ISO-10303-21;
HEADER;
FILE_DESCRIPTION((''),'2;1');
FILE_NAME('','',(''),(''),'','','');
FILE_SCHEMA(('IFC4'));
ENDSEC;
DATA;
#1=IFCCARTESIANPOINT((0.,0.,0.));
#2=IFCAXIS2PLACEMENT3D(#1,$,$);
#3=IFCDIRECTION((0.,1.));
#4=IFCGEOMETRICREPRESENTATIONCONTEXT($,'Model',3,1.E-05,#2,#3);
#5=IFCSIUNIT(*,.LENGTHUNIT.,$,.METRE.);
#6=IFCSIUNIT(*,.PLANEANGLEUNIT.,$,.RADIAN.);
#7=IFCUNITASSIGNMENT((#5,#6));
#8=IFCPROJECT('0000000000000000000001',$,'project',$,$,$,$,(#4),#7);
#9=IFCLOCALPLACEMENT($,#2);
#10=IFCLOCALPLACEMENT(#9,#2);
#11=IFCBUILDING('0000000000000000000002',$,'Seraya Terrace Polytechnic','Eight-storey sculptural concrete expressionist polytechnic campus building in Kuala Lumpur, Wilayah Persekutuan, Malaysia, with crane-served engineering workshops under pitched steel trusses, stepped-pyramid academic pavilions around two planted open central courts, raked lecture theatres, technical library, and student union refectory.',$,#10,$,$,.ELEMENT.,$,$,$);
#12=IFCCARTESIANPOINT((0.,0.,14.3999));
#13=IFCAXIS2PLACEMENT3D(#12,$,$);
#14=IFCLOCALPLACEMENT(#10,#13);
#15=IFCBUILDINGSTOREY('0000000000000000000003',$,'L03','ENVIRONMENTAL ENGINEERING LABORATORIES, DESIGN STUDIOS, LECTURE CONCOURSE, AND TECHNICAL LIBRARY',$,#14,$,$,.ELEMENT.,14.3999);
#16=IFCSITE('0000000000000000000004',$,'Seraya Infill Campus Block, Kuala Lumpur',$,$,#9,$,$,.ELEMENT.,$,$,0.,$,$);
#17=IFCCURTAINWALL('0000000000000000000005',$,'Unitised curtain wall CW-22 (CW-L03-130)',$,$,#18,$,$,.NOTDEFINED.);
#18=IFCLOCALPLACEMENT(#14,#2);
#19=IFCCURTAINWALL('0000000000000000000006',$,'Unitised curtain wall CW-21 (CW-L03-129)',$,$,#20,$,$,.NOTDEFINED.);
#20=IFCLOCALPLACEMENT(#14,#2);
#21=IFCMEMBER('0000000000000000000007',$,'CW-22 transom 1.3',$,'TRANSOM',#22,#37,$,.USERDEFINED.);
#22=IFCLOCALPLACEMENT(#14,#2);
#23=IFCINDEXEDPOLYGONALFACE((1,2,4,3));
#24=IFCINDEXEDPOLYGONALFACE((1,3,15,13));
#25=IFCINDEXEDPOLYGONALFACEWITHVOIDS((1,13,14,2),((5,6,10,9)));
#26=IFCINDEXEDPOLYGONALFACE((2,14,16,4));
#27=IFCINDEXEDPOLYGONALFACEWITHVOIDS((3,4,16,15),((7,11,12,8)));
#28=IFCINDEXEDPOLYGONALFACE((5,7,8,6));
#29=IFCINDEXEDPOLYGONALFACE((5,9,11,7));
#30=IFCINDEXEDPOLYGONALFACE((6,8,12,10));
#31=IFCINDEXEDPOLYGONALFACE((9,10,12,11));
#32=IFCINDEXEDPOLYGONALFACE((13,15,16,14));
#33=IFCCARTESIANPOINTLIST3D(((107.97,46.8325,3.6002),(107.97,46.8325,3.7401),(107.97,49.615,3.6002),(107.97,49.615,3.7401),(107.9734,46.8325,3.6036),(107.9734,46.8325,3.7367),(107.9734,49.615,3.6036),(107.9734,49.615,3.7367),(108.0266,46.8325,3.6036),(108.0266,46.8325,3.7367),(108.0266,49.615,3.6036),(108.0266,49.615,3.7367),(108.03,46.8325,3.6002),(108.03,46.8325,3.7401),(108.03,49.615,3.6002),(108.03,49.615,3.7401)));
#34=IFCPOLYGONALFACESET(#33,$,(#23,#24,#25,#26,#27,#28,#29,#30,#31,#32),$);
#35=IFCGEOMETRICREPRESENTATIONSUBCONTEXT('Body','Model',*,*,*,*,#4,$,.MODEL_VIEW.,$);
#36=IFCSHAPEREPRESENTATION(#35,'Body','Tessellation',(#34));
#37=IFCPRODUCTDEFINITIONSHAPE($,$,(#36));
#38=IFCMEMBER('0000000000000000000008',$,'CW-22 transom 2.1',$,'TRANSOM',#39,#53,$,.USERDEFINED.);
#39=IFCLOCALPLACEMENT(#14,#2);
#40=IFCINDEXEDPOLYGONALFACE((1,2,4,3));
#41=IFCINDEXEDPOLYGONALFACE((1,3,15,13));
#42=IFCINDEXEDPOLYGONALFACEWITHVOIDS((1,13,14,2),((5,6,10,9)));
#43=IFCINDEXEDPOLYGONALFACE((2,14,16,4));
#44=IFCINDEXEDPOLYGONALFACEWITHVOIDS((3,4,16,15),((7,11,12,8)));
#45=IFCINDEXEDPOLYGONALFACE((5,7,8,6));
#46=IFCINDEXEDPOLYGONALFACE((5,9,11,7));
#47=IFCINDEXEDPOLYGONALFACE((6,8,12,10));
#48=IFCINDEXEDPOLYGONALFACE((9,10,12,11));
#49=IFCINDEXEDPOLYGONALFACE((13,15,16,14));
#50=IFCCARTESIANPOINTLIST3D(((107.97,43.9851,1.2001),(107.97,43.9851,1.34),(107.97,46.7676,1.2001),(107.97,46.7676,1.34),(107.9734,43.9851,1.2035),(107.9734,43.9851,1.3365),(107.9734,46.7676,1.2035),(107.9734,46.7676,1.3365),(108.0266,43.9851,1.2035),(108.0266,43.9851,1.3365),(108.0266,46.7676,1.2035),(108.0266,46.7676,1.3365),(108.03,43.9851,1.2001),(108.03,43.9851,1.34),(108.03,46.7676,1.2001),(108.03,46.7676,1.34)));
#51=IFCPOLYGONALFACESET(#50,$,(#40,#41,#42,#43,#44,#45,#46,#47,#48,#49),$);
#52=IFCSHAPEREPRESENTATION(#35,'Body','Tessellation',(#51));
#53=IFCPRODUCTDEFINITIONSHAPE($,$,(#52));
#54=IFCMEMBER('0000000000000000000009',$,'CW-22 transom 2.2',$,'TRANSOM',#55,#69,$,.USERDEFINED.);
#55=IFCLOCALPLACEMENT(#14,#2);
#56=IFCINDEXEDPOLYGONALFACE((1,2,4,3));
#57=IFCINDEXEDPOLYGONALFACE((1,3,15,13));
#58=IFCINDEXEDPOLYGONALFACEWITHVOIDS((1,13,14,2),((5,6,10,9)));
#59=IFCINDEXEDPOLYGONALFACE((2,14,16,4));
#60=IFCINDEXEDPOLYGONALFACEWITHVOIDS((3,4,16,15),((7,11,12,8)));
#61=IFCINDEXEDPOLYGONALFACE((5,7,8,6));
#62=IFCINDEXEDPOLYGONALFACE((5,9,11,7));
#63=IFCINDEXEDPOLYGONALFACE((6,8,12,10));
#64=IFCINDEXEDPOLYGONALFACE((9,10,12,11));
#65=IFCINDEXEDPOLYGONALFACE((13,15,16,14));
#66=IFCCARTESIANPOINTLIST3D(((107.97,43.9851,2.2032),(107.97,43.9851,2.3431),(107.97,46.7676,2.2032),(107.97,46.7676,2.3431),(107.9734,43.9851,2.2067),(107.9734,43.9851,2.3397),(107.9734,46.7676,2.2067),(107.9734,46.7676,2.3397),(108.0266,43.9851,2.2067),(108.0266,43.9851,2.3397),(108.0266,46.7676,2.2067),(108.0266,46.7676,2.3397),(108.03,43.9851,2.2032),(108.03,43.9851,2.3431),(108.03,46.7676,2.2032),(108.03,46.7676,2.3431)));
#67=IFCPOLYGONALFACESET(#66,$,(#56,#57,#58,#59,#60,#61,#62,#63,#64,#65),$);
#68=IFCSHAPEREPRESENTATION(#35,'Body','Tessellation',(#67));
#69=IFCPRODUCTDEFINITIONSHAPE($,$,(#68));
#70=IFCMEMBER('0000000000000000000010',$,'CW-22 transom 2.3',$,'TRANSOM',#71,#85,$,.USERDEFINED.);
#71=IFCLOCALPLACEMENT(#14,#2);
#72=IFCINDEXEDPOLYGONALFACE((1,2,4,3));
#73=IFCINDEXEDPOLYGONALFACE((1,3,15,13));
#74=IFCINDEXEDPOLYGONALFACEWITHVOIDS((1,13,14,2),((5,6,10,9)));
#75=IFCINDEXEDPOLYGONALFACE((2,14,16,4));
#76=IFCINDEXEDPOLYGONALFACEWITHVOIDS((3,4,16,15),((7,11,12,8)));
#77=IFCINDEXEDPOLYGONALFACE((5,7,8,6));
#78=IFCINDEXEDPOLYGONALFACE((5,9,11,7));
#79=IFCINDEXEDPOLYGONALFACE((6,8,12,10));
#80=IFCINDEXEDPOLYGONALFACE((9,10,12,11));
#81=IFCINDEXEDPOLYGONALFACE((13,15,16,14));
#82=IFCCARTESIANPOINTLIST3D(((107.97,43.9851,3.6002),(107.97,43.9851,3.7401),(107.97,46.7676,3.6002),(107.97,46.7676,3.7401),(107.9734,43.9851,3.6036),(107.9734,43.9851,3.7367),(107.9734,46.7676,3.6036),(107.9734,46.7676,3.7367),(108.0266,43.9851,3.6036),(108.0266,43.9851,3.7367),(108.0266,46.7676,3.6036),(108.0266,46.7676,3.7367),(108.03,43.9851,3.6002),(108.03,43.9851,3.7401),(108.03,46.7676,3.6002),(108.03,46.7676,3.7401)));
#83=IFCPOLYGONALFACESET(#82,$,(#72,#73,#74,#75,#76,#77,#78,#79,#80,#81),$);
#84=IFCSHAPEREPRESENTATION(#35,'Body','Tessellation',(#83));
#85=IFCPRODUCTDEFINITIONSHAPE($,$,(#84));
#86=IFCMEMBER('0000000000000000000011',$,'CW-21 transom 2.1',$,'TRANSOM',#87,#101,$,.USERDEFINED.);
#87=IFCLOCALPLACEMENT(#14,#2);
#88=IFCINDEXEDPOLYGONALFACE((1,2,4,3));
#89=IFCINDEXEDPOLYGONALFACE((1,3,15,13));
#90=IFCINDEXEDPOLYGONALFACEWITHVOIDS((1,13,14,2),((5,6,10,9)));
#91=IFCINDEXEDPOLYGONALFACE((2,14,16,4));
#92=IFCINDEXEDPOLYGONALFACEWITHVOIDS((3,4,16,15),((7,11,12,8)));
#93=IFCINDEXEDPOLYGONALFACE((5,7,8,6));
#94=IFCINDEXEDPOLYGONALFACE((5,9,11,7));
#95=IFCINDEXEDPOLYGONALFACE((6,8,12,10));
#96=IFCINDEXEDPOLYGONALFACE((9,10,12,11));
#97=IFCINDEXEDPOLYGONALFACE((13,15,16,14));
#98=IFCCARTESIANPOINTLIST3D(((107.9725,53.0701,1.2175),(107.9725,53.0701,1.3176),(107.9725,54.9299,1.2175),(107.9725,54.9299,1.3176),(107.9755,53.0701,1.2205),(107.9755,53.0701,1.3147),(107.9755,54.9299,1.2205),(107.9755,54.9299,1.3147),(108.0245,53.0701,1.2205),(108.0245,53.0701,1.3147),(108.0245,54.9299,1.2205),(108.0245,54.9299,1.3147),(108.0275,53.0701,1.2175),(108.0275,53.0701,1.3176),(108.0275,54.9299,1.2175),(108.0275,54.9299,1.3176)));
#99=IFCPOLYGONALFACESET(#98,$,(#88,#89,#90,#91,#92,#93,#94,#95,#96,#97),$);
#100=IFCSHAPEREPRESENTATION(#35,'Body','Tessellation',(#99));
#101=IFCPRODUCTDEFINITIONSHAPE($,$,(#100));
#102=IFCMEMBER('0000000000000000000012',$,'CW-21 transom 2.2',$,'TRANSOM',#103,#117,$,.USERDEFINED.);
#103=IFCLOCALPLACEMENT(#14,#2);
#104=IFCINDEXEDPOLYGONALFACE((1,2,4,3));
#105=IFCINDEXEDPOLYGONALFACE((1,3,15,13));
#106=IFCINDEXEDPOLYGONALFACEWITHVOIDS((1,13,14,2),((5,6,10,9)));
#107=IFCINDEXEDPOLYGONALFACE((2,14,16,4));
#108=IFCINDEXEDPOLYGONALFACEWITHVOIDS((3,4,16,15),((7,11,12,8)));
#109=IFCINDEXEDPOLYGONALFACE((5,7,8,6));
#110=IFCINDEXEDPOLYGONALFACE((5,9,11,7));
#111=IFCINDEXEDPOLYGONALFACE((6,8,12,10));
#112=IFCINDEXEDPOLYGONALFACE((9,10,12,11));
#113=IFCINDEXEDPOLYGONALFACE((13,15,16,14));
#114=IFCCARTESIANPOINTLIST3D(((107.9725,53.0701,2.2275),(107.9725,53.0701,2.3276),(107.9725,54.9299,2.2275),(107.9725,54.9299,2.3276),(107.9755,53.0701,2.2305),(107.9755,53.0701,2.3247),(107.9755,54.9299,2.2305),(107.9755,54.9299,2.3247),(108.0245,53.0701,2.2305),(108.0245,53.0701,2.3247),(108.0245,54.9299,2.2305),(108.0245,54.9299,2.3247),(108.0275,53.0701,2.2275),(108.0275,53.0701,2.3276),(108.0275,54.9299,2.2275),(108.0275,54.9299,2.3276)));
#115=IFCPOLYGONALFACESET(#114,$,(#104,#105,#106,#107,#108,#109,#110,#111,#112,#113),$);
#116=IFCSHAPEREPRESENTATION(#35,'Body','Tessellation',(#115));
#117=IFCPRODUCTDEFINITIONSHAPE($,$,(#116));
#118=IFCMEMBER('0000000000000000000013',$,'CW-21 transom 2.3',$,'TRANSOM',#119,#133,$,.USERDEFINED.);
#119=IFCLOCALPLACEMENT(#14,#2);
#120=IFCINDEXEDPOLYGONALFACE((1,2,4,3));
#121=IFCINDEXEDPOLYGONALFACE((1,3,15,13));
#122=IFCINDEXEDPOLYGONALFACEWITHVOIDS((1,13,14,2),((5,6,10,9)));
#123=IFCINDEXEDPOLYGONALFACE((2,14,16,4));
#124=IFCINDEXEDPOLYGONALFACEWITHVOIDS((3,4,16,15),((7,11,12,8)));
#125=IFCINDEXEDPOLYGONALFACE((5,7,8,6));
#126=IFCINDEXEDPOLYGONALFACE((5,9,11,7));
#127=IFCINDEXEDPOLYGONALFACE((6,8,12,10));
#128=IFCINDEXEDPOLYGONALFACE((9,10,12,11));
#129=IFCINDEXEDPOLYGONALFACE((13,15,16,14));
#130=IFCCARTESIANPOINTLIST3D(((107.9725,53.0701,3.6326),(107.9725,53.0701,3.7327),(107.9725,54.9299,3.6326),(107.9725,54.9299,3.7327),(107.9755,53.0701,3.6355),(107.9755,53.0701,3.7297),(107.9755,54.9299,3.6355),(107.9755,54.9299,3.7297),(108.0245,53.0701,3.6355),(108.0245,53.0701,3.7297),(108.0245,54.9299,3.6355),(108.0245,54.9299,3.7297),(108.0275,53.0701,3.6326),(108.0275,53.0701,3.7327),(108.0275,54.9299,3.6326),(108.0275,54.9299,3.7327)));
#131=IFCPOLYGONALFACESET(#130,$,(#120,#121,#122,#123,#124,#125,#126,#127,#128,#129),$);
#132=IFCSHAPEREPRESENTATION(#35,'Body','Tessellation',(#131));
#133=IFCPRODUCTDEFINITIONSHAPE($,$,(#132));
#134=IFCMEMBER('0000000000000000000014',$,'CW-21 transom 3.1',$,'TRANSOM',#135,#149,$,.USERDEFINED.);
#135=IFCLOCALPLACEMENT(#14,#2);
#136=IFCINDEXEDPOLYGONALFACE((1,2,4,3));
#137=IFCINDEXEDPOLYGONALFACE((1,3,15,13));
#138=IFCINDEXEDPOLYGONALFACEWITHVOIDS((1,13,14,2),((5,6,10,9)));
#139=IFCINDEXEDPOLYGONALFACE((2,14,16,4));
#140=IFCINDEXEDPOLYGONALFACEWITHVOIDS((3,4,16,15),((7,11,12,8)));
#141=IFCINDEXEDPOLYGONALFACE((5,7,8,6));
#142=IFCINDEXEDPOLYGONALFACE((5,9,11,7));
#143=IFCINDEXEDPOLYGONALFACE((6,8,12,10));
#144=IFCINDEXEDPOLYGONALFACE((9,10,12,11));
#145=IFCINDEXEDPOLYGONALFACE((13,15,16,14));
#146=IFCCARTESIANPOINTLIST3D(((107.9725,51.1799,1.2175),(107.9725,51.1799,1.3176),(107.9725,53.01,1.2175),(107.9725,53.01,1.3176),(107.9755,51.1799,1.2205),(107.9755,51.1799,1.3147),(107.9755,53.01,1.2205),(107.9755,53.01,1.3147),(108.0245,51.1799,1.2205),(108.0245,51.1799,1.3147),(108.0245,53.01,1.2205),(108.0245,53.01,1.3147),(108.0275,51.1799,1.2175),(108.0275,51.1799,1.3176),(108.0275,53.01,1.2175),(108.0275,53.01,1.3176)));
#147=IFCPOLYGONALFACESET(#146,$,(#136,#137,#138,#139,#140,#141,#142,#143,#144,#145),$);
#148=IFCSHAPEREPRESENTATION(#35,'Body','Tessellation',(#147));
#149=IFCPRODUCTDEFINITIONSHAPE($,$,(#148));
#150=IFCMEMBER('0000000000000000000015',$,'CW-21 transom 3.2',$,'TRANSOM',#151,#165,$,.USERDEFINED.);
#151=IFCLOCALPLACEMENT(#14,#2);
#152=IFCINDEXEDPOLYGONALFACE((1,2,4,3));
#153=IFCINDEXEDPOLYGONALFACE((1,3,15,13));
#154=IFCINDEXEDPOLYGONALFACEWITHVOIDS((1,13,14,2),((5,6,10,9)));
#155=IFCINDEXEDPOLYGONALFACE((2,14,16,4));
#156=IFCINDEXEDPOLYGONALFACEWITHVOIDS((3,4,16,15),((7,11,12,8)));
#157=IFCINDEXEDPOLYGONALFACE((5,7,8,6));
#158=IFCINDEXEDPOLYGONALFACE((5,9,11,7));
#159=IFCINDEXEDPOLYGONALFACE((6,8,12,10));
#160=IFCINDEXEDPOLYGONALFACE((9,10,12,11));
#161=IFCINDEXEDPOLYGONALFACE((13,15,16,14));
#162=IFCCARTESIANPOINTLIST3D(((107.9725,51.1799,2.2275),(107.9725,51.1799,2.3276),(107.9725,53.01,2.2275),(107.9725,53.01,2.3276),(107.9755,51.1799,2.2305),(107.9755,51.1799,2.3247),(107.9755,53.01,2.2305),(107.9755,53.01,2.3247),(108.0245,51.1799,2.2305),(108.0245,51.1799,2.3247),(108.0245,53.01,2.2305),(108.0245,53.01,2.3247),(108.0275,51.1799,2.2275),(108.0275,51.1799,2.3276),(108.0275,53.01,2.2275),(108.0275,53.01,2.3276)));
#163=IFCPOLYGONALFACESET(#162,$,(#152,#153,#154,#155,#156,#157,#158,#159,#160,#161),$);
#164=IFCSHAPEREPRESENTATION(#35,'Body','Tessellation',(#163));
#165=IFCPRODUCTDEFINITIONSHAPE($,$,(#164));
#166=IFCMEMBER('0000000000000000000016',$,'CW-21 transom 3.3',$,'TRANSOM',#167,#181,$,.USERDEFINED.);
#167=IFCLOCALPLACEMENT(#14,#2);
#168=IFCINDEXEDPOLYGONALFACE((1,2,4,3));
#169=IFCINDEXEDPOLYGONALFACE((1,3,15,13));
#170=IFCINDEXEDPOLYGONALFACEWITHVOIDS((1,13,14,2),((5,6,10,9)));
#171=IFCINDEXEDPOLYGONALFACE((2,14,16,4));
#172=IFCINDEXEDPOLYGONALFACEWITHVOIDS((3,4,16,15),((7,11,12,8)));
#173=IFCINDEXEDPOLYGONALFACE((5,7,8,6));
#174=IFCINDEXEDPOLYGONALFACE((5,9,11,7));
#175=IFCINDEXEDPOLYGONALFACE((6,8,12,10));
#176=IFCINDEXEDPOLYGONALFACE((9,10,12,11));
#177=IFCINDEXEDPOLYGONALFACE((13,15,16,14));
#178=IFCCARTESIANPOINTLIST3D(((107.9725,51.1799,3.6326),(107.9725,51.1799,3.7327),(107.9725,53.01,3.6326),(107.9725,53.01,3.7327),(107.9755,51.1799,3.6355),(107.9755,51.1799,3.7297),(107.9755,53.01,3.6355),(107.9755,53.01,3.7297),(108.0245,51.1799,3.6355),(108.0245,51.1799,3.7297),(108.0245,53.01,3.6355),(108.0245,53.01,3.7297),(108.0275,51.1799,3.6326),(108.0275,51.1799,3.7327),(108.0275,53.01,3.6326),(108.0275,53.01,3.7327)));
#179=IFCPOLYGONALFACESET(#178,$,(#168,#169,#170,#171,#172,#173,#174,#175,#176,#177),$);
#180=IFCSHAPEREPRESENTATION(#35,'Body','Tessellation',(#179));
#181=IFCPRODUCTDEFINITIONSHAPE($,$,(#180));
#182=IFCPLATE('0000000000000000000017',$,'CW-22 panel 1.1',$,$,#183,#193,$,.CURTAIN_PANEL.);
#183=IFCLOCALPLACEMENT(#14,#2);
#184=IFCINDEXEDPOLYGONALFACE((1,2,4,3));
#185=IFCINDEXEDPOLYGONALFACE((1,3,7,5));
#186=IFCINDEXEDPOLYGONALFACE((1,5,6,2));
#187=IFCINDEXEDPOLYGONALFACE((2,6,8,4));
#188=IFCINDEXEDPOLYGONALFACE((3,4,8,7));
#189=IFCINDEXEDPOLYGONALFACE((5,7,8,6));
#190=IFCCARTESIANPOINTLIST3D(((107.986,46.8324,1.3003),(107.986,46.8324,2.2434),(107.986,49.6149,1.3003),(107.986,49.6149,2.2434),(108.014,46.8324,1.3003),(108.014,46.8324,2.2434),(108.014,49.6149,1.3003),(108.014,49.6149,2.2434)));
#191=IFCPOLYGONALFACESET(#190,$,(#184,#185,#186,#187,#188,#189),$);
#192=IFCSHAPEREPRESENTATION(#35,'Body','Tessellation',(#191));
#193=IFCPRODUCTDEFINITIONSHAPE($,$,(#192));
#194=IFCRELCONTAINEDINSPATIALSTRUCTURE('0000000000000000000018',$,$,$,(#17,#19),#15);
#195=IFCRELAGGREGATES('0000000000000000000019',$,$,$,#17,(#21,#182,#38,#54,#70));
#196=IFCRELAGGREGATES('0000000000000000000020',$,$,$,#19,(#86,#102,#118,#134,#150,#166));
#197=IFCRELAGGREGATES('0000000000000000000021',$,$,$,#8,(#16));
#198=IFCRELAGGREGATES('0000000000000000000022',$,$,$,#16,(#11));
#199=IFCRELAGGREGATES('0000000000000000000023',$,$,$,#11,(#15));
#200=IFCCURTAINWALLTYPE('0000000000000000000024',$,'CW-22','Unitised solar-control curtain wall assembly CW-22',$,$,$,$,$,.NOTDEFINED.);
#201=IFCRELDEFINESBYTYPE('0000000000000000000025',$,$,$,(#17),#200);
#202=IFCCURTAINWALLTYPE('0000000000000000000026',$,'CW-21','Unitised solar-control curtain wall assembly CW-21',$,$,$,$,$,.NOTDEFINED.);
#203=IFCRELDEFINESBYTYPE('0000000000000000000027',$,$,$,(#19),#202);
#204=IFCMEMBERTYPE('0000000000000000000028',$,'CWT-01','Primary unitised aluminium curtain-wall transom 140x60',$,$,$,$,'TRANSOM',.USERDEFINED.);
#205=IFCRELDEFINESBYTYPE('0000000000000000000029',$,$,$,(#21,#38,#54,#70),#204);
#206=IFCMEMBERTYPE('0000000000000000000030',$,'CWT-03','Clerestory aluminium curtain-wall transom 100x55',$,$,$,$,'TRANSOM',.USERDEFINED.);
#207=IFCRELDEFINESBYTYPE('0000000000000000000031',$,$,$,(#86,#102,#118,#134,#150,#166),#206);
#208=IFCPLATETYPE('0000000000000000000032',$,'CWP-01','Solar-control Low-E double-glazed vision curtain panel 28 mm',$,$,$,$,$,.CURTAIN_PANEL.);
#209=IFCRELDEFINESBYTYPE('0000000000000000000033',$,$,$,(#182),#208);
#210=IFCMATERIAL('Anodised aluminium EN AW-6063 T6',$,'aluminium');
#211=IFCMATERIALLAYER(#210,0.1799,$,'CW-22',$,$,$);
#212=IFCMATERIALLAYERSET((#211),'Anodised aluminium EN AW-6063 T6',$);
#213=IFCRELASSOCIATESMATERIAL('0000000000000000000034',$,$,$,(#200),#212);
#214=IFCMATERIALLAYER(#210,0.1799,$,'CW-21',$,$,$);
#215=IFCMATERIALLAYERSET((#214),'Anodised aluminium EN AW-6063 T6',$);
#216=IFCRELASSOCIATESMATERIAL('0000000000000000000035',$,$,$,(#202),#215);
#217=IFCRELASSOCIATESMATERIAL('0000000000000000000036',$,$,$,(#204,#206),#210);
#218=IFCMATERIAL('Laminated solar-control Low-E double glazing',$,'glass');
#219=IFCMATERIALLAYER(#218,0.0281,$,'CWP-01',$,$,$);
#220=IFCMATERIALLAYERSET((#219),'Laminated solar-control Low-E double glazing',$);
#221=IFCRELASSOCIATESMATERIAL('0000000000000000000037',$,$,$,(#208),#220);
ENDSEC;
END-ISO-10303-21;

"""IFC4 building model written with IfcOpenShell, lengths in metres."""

from ifc_helpers import new_model, si_unit, direction, frame, origin, origin_2d, place, context, subcontext, project, spatial, rectangle, hollow_rectangle, extrude, material, layer, layer_set, material_profile, profile_set, type_object, element, aggregate, save


model = new_model("IFC4")

# Units and contexts
model_context = context("Model", 3, precision=1e-05, world=origin(), true_north=direction((0.0, 1.0)))
body_context = subcontext(model_context, "Body", "Model", "MODEL_VIEW")
ifc_project = project(units=[si_unit("LENGTHUNIT", "METRE"), si_unit("PLANEANGLEUNIT", "RADIAN")], contexts=[model_context])

# Site, building, storey
site_placement = place(None, origin())
site = spatial("IfcSite", under=ifc_project, at=site_placement, Name="Seraya Infill Campus Block, Kuala Lumpur", CompositionType="ELEMENT", RefElevation=0.0)
building_placement = place(site_placement, origin())
building = spatial("IfcBuilding", under=site, at=building_placement, Name="Seraya Terrace Polytechnic", Description="Eight-storey sculptural concrete expressionist polytechnic campus building in Kuala Lumpur, Wilayah Persekutuan, Malaysia, with crane-served engineering workshops under pitched steel trusses, stepped-pyramid academic pavilions around two planted open central courts, raked lecture theatres, technical library, and student union refectory.", CompositionType="ELEMENT")
storey_placement = place(building_placement, frame((0.0, 0.0, 14.3999)))
storey = spatial("IfcBuildingStorey", under=building, at=storey_placement, Name="L03", Description="ENVIRONMENTAL ENGINEERING LABORATORIES, DESIGN STUDIOS, LECTURE CONCOURSE, AND TECHNICAL LIBRARY", CompositionType="ELEMENT", Elevation=14.3999)

# Curtain walls
ifc_material_1 = material(Name="Anodised aluminium EN AW-6063 T6", Category="aluminium")
ifc_layer_1 = layer(ifc_material_1, 0.1799, Name="CW-22")
ifc_layer_set_1 = layer_set([ifc_layer_1], Name="Anodised aluminium EN AW-6063 T6")
curtain_wall_type_1 = type_object("IfcCurtainWallType", Name="CW-22", Description="Unitised solar-control curtain wall assembly CW-22", PredefinedType="NOTDEFINED", material=ifc_layer_set_1)
curtain_wall_1_placement = place(storey_placement, origin())
curtain_wall_1 = element("IfcCurtainWall", 1, at=curtain_wall_1_placement, inside=storey, type_object=curtain_wall_type_1, Name="Unitised curtain wall CW-22 (CW-L03-130)", PredefinedType="NOTDEFINED")
ifc_layer_2 = layer(ifc_material_1, 0.1799, Name="CW-21")
ifc_layer_set_2 = layer_set([ifc_layer_2], Name="Anodised aluminium EN AW-6063 T6")
curtain_wall_type_2 = type_object("IfcCurtainWallType", Name="CW-21", Description="Unitised solar-control curtain wall assembly CW-21", PredefinedType="NOTDEFINED", material=ifc_layer_set_2)
curtain_wall_2_placement = place(storey_placement, origin())
curtain_wall_2 = element("IfcCurtainWall", 2, at=curtain_wall_2_placement, inside=storey, type_object=curtain_wall_type_2, Name="Unitised curtain wall CW-21 (CW-L03-129)", PredefinedType="NOTDEFINED")

# Members
ifc_material_profile_1 = material_profile(ifc_material_1, hollow_rectangle(XDim=0.0601, YDim=0.1399, WallThickness=0.0034, at=origin_2d()), Name="RHS 140x60x3.5")
ifc_profile_set_1 = profile_set([ifc_material_profile_1], Name="Anodised aluminium EN AW-6063 T6")
member_type_1 = type_object("IfcMemberType", Name="CWT-01", Description="Primary unitised aluminium curtain-wall transom 140x60", ElementType="TRANSOM", PredefinedType="USERDEFINED", material=ifc_profile_set_1)
member_1_placement = place(storey_placement, frame((108.0, 49.615, 3.6702), z_axis=(0.0, -1.0, 0.0), x_axis=(1.0, 0.0, 0.0)))
member_1 = element("IfcMember", 3, at=member_1_placement, type_object=member_type_1, Name="CW-22 transom 1.3", ObjectType="TRANSOM", PredefinedType="USERDEFINED", context=body_context, shape_type="SweptSolid", body=[
    extrude(hollow_rectangle(XDim=0.0601, YDim=0.1399, WallThickness=0.0034, at=origin_2d()), origin(), (0.0, 0.0, 1.0), 2.7825),
])
member_2_placement = place(storey_placement, frame((108.0, 46.7676, 1.27), z_axis=(0.0, -1.0, 0.0), x_axis=(1.0, 0.0, 0.0)))
member_2 = element("IfcMember", 4, at=member_2_placement, type_object=member_type_1, Name="CW-22 transom 2.1", ObjectType="TRANSOM", PredefinedType="USERDEFINED", context=body_context, shape_type="SweptSolid", body=[
    extrude(hollow_rectangle(XDim=0.0601, YDim=0.1399, WallThickness=0.0034, at=origin_2d()), origin(), (0.0, 0.0, 1.0), 2.7825),
])
member_3_placement = place(storey_placement, frame((108.0, 46.7676, 2.2732), z_axis=(0.0, -1.0, 0.0), x_axis=(1.0, 0.0, 0.0)))
member_3 = element("IfcMember", 5, at=member_3_placement, type_object=member_type_1, Name="CW-22 transom 2.2", ObjectType="TRANSOM", PredefinedType="USERDEFINED", context=body_context, shape_type="SweptSolid", body=[
    extrude(hollow_rectangle(XDim=0.0601, YDim=0.1399, WallThickness=0.0034, at=origin_2d()), origin(), (0.0, 0.0, 1.0), 2.7825),
])
member_4_placement = place(storey_placement, frame((108.0, 46.7676, 3.6702), z_axis=(0.0, -1.0, 0.0), x_axis=(1.0, 0.0, 0.0)))
member_4 = element("IfcMember", 6, at=member_4_placement, type_object=member_type_1, Name="CW-22 transom 2.3", ObjectType="TRANSOM", PredefinedType="USERDEFINED", context=body_context, shape_type="SweptSolid", body=[
    extrude(hollow_rectangle(XDim=0.0601, YDim=0.1399, WallThickness=0.0034, at=origin_2d()), origin(), (0.0, 0.0, 1.0), 2.7825),
])
ifc_material_profile_2 = material_profile(ifc_material_1, hollow_rectangle(XDim=0.0549, YDim=0.1001, WallThickness=0.0029, at=origin_2d()), Name="RHS 100x55x3.0")
ifc_profile_set_2 = profile_set([ifc_material_profile_2], Name="Anodised aluminium EN AW-6063 T6")
member_type_2 = type_object("IfcMemberType", Name="CWT-03", Description="Clerestory aluminium curtain-wall transom 100x55", ElementType="TRANSOM", PredefinedType="USERDEFINED", material=ifc_profile_set_2)
member_5_placement = place(storey_placement, frame((108.0, 54.9299, 1.2676), z_axis=(0.0, -1.0, 0.0), x_axis=(1.0, 0.0, 0.0)))
member_5 = element("IfcMember", 7, at=member_5_placement, type_object=member_type_2, Name="CW-21 transom 2.1", ObjectType="TRANSOM", PredefinedType="USERDEFINED", context=body_context, shape_type="SweptSolid", body=[
    extrude(hollow_rectangle(XDim=0.0549, YDim=0.1001, WallThickness=0.0029, at=origin_2d()), origin(), (0.0, 0.0, 1.0), 1.8599),
])
member_6_placement = place(storey_placement, frame((108.0, 54.9299, 2.2776), z_axis=(0.0, -1.0, 0.0), x_axis=(1.0, 0.0, 0.0)))
member_6 = element("IfcMember", 8, at=member_6_placement, type_object=member_type_2, Name="CW-21 transom 2.2", ObjectType="TRANSOM", PredefinedType="USERDEFINED", context=body_context, shape_type="SweptSolid", body=[
    extrude(hollow_rectangle(XDim=0.0549, YDim=0.1001, WallThickness=0.0029, at=origin_2d()), origin(), (0.0, 0.0, 1.0), 1.8599),
])
member_7_placement = place(storey_placement, frame((108.0, 54.9299, 3.6826), z_axis=(0.0, -1.0, 0.0), x_axis=(1.0, 0.0, 0.0)))
member_7 = element("IfcMember", 9, at=member_7_placement, type_object=member_type_2, Name="CW-21 transom 2.3", ObjectType="TRANSOM", PredefinedType="USERDEFINED", context=body_context, shape_type="SweptSolid", body=[
    extrude(hollow_rectangle(XDim=0.0549, YDim=0.1001, WallThickness=0.0029, at=origin_2d()), origin(), (0.0, 0.0, 1.0), 1.8599),
])
member_8_placement = place(storey_placement, frame((108.0, 53.01, 1.2676), z_axis=(0.0, -1.0, 0.0), x_axis=(1.0, 0.0, 0.0)))
member_8 = element("IfcMember", 10, at=member_8_placement, type_object=member_type_2, Name="CW-21 transom 3.1", ObjectType="TRANSOM", PredefinedType="USERDEFINED", context=body_context, shape_type="SweptSolid", body=[
    extrude(hollow_rectangle(XDim=0.0549, YDim=0.1001, WallThickness=0.0029, at=origin_2d()), origin(), (0.0, 0.0, 1.0), 1.8301),
])
member_9_placement = place(storey_placement, frame((108.0, 53.01, 2.2776), z_axis=(0.0, -1.0, 0.0), x_axis=(1.0, 0.0, 0.0)))
member_9 = element("IfcMember", 11, at=member_9_placement, type_object=member_type_2, Name="CW-21 transom 3.2", ObjectType="TRANSOM", PredefinedType="USERDEFINED", context=body_context, shape_type="SweptSolid", body=[
    extrude(hollow_rectangle(XDim=0.0549, YDim=0.1001, WallThickness=0.0029, at=origin_2d()), origin(), (0.0, 0.0, 1.0), 1.8301),
])
member_10_placement = place(storey_placement, frame((108.0, 53.01, 3.6826), z_axis=(0.0, -1.0, 0.0), x_axis=(1.0, 0.0, 0.0)))
member_10 = element("IfcMember", 12, at=member_10_placement, type_object=member_type_2, Name="CW-21 transom 3.3", ObjectType="TRANSOM", PredefinedType="USERDEFINED", context=body_context, shape_type="SweptSolid", body=[
    extrude(hollow_rectangle(XDim=0.0549, YDim=0.1001, WallThickness=0.0029, at=origin_2d()), origin(), (0.0, 0.0, 1.0), 1.8301),
])

# Plate
ifc_material_2 = material(Name="Laminated solar-control Low-E double glazing", Category="glass")
ifc_layer_3 = layer(ifc_material_2, 0.0281, Name="CWP-01")
ifc_layer_set_3 = layer_set([ifc_layer_3], Name="Laminated solar-control Low-E double glazing")
plate_type_1 = type_object("IfcPlateType", Name="CWP-01", Description="Solar-control Low-E double-glazed vision curtain panel 28 mm", PredefinedType="CURTAIN_PANEL", material=ifc_layer_set_3)
plate_1_placement = place(storey_placement, frame((108.0, 48.2236, 1.3003), z_axis=(0.0, 0.0, 1.0), x_axis=(0.0, -1.0, 0.0)))
plate_1 = element("IfcPlate", 13, at=plate_1_placement, type_object=plate_type_1, Name="CW-22 panel 1.1", PredefinedType="CURTAIN_PANEL", context=body_context, shape_type="SweptSolid", body=[
    extrude(rectangle(XDim=2.7825, YDim=0.0281, at=origin_2d()), origin(), (0.0, 0.0, 1.0), 0.9431),
])
aggregate(curtain_wall_1, [member_1, plate_1, member_2, member_3, member_4])
aggregate(curtain_wall_2, [member_5, member_6, member_7, member_8, member_9, member_10])

save(model, "model.ifc")
